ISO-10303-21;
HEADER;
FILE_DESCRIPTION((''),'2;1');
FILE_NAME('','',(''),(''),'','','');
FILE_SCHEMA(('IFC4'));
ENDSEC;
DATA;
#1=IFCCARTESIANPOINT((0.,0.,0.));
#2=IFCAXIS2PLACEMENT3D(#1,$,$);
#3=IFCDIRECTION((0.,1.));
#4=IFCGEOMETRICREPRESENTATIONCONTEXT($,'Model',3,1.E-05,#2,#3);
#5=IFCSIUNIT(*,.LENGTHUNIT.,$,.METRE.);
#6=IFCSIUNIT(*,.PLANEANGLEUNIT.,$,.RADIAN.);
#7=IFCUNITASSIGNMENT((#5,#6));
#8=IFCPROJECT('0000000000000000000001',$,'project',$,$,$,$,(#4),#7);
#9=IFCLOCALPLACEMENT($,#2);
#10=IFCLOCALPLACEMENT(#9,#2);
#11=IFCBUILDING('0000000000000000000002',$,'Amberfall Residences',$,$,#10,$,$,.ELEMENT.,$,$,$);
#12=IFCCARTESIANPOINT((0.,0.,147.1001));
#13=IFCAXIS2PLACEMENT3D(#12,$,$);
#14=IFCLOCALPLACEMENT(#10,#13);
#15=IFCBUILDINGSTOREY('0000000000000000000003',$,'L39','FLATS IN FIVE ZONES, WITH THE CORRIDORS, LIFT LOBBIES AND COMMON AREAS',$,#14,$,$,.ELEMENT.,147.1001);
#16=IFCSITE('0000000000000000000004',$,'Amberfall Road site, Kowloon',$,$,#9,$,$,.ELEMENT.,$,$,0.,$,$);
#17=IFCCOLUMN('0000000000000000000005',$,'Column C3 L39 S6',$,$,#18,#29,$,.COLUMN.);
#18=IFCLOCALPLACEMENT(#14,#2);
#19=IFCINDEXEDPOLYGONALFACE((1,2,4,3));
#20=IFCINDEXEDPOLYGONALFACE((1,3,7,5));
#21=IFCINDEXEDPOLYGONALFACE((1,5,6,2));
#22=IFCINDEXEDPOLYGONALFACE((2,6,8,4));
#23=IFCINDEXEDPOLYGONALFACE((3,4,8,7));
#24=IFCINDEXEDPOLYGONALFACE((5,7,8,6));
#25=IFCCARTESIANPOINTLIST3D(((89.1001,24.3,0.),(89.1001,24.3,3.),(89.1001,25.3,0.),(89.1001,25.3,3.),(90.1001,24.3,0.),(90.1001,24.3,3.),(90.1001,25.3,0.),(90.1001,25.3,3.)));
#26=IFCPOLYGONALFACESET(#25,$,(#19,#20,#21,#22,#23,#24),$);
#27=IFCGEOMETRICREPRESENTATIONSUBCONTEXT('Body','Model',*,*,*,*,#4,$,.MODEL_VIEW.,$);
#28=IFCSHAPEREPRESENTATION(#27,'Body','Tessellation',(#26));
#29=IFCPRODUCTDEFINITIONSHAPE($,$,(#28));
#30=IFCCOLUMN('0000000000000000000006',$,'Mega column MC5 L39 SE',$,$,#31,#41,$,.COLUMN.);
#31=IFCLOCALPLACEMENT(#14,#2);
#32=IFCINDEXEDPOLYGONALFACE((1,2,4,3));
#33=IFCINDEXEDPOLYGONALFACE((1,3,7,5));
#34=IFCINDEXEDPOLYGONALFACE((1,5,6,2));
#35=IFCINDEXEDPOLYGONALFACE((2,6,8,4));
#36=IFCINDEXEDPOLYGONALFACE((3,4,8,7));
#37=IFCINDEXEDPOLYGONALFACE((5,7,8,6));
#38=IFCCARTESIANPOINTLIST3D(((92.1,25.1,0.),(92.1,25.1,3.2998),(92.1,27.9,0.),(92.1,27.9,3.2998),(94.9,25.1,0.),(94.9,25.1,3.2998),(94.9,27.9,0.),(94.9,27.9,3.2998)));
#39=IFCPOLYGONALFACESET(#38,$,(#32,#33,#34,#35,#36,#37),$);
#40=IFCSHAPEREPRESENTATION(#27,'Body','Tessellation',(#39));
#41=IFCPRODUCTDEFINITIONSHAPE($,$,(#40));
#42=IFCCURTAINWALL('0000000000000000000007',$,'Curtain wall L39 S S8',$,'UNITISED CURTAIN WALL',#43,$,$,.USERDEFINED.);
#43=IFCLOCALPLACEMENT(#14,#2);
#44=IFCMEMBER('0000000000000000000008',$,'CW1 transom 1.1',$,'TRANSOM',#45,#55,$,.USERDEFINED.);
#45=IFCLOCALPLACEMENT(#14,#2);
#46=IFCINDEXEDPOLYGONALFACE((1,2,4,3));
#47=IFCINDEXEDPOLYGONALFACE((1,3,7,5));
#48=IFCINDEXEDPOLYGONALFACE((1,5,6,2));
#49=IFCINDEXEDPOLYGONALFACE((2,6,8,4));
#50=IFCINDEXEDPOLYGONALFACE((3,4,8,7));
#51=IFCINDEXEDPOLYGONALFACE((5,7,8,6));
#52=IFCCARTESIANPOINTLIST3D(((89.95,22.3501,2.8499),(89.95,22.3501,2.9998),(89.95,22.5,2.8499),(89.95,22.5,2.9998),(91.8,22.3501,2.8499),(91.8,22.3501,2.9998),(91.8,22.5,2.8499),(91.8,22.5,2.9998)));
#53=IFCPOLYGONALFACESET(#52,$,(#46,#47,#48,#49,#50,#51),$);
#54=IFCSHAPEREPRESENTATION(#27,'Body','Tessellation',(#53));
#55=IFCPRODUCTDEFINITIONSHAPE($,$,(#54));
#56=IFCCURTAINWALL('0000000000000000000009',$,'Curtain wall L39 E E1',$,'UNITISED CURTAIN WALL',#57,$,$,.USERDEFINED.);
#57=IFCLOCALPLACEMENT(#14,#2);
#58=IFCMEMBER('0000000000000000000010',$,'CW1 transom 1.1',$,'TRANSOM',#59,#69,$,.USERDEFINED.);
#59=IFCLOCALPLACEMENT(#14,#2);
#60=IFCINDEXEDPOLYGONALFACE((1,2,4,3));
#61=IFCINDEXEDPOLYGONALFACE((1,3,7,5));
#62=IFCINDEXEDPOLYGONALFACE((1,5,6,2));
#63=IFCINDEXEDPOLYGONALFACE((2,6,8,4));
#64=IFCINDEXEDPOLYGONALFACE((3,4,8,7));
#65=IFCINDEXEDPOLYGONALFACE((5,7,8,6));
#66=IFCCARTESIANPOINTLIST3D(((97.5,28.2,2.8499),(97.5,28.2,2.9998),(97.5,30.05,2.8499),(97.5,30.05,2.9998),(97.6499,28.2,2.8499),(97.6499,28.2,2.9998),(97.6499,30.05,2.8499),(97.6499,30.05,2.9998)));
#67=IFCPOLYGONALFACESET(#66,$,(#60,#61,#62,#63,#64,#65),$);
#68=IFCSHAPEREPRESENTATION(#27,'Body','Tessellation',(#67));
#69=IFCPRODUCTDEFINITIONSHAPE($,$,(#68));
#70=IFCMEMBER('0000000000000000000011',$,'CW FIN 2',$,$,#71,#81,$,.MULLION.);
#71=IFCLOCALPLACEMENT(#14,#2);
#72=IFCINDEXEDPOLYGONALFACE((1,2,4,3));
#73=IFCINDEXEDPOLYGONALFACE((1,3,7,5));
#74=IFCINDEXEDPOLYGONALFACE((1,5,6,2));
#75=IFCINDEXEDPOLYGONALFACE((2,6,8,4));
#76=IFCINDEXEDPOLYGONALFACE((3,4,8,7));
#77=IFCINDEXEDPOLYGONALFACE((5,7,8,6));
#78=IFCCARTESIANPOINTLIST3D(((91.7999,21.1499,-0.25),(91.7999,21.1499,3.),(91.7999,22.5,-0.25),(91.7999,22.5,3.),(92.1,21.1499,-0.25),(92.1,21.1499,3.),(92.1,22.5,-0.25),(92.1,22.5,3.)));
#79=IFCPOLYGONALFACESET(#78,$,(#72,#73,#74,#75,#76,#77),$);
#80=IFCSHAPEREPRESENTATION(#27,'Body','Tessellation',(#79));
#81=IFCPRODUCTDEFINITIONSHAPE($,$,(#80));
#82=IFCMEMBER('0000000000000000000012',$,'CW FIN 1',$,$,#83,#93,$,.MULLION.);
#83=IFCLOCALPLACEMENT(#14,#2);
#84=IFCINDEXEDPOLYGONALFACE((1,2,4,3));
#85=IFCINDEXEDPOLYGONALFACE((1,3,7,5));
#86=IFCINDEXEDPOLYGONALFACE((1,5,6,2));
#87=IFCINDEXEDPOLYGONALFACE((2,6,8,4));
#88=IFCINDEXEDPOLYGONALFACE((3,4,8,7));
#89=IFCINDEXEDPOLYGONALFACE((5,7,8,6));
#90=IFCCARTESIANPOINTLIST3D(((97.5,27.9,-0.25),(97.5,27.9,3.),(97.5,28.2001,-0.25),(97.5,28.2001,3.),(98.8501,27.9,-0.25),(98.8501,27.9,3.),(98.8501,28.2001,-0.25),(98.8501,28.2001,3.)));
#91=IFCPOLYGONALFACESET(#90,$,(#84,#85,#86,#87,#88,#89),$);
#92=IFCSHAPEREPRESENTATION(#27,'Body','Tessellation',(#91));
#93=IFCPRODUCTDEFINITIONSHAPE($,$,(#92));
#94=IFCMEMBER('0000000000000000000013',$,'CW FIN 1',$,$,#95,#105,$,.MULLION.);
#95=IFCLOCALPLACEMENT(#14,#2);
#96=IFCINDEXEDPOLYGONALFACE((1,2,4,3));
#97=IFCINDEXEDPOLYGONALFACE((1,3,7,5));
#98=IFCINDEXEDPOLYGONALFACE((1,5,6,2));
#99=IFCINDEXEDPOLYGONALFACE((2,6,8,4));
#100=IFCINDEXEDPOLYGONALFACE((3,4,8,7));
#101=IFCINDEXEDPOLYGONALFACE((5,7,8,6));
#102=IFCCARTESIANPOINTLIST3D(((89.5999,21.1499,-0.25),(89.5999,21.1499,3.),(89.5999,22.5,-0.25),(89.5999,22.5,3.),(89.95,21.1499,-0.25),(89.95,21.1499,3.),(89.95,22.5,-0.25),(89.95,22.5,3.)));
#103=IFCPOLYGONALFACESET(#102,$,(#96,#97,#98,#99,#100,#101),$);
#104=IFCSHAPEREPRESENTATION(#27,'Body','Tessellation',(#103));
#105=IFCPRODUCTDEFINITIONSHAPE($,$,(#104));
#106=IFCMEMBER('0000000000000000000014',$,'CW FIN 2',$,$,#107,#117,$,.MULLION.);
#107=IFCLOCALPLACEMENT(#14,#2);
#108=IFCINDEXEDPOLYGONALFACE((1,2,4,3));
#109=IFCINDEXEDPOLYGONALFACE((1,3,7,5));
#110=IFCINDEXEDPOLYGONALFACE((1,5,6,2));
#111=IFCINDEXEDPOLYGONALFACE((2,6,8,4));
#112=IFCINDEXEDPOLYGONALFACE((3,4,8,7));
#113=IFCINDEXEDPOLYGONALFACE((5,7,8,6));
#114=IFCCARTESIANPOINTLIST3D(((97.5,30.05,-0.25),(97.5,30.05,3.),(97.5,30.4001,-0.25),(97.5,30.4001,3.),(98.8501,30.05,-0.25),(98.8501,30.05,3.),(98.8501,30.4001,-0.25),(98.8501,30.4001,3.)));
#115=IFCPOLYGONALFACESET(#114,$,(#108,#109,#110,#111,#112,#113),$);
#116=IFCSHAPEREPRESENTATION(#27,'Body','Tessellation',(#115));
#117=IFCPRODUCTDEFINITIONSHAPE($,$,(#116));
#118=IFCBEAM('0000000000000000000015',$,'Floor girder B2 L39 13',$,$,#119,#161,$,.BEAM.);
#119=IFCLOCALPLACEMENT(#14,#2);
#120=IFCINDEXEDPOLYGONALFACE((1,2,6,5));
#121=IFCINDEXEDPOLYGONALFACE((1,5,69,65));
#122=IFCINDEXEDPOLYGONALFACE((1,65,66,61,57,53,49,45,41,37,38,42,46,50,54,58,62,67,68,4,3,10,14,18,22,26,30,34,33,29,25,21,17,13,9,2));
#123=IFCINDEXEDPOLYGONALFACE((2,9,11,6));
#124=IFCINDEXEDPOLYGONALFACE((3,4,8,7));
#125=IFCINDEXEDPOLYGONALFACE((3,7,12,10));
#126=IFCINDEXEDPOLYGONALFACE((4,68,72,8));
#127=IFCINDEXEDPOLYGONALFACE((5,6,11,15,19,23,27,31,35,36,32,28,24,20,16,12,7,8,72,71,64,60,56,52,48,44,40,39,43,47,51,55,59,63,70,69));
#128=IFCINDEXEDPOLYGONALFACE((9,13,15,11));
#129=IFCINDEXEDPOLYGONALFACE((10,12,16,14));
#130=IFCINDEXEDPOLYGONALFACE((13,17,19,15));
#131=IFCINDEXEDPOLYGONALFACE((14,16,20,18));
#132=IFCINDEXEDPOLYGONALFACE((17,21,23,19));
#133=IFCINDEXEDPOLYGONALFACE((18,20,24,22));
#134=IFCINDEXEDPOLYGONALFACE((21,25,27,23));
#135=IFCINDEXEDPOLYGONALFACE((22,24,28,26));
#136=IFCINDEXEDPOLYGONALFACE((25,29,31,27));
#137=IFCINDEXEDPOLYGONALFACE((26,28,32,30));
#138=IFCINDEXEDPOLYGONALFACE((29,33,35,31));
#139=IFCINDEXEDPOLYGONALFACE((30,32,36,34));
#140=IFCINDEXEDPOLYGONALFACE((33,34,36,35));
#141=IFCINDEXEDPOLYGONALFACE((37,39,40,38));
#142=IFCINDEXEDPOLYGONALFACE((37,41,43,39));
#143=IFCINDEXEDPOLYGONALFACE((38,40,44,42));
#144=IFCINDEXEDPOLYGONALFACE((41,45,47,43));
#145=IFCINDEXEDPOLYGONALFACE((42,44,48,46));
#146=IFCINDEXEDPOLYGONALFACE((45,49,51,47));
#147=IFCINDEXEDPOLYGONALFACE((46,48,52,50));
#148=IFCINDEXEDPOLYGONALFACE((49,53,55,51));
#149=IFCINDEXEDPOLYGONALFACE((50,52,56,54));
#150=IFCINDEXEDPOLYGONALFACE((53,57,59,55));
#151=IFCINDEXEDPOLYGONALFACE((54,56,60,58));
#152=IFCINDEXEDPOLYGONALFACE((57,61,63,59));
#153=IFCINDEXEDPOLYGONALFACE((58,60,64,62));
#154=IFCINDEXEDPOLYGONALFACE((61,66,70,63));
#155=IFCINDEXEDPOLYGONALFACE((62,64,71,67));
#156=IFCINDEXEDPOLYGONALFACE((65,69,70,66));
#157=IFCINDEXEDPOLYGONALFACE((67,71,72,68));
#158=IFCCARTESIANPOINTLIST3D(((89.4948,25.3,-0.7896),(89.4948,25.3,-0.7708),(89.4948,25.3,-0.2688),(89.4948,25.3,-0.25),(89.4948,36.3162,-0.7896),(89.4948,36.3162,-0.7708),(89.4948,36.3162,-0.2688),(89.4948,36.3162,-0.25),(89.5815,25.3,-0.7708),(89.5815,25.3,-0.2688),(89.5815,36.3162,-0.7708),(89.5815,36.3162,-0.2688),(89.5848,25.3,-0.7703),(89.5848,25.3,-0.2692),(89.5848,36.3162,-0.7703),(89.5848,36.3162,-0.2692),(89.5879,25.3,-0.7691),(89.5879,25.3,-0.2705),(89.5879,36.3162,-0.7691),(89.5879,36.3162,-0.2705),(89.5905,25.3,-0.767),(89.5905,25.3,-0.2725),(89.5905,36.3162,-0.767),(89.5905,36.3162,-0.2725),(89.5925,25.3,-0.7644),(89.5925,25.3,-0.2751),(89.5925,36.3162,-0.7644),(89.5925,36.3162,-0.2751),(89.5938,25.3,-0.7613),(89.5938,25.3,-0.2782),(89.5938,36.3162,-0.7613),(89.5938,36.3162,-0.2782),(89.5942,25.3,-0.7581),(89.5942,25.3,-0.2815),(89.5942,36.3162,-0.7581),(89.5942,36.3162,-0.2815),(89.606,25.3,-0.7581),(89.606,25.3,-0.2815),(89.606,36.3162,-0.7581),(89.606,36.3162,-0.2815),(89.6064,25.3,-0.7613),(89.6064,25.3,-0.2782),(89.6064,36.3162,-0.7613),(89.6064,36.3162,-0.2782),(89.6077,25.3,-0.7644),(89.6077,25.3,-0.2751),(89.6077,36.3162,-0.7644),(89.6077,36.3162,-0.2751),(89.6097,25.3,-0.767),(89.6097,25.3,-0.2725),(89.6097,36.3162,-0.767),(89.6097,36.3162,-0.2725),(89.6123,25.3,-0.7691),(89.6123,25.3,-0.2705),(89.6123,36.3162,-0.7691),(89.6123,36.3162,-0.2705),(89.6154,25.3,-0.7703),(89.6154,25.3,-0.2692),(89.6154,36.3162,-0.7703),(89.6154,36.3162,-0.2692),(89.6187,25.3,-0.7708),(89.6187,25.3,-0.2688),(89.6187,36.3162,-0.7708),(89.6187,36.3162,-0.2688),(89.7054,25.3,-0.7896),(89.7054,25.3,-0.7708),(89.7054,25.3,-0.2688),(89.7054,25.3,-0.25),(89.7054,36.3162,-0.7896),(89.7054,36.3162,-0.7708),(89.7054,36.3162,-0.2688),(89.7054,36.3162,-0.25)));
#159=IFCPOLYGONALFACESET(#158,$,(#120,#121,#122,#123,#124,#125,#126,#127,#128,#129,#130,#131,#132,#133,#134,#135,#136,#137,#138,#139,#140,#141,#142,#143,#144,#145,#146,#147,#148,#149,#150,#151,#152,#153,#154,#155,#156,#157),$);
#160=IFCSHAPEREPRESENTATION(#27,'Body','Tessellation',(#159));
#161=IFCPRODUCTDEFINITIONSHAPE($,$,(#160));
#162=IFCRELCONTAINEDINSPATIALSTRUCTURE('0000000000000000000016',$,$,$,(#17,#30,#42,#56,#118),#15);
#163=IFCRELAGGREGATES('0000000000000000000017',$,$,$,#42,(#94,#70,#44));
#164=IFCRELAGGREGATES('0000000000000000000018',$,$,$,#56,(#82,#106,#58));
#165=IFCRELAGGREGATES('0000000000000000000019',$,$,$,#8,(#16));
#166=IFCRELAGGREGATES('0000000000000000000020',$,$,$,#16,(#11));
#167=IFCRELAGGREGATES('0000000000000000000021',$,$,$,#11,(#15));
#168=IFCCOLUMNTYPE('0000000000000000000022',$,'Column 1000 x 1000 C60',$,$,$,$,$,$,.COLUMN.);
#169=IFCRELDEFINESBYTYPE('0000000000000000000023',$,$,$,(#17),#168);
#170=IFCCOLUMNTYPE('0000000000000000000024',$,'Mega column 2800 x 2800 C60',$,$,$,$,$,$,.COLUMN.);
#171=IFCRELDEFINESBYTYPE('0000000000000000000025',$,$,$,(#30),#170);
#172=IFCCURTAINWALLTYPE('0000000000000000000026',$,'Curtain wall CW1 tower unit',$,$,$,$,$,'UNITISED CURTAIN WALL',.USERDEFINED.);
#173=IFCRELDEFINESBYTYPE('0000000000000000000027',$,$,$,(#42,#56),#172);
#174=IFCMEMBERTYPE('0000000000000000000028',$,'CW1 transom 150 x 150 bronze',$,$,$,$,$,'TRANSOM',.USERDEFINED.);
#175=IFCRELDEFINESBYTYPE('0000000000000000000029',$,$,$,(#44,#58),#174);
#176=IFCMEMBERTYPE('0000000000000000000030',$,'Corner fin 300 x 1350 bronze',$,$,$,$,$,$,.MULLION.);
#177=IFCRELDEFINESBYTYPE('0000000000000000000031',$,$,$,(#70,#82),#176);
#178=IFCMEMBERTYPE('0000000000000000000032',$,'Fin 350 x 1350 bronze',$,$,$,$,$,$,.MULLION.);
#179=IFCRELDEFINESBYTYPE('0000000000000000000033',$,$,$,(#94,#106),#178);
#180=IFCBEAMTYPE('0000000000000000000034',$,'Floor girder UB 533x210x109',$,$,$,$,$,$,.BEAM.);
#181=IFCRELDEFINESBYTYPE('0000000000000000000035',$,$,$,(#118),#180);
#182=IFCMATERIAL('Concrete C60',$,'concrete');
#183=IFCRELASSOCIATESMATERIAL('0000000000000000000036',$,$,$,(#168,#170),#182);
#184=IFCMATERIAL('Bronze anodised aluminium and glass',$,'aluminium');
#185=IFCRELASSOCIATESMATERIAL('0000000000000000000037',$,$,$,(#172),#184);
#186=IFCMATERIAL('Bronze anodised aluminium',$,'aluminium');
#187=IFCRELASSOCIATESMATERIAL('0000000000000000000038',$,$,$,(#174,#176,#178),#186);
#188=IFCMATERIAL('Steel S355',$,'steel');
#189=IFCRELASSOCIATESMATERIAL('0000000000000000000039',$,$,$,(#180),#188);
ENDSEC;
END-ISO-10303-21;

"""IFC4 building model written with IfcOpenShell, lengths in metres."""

from ifc_helpers import new_model, si_unit, direction, frame, origin, origin_2d, place, context, subcontext, project, spatial, rectangle, i_section, extrude, material, material_profile, profile_set, type_object, element, aggregate, save


model = new_model("IFC4")

# Units and contexts
model_context = context("Model", 3, precision=1e-05, world=origin(), true_north=direction((0.0, 1.0)))
body_context = subcontext(model_context, "Body", "Model", "MODEL_VIEW")
ifc_project = project(units=[si_unit("LENGTHUNIT", "METRE"), si_unit("PLANEANGLEUNIT", "RADIAN")], contexts=[model_context])

# Site, building, storey
site_placement = place(None, origin())
site = spatial("IfcSite", under=ifc_project, at=site_placement, Name="Amberfall Road site, Kowloon", CompositionType="ELEMENT", RefElevation=0.0)
building_placement = place(site_placement, origin())
building = spatial("IfcBuilding", under=site, at=building_placement, Name="Amberfall Residences", CompositionType="ELEMENT")
storey_placement = place(building_placement, frame((0.0, 0.0, 147.1001)))
storey = spatial("IfcBuildingStorey", under=building, at=storey_placement, Name="L39", Description="FLATS IN FIVE ZONES, WITH THE CORRIDORS, LIFT LOBBIES AND COMMON AREAS", CompositionType="ELEMENT", Elevation=147.1001)

# Columns
ifc_material_1 = material(Name="Concrete C60", Category="concrete")
ifc_material_profile_1 = material_profile(ifc_material_1, rectangle(XDim=1.0, YDim=1.0, at=origin_2d()), Name="Column 1000 x 1000 C60")
ifc_profile_set_1 = profile_set([ifc_material_profile_1], Name="Concrete C60")
column_type_1 = type_object("IfcColumnType", Name="Column 1000 x 1000 C60", PredefinedType="COLUMN", material=ifc_profile_set_1)
column_1_placement = place(storey_placement, frame((89.6001, 24.8, 0.0), z_axis=(0.0, 0.0, 1.0), x_axis=(1.0, 0.0, 0.0)))
element("IfcColumn", 1, at=column_1_placement, inside=storey, type_object=column_type_1, Name="Column C3 L39 S6", PredefinedType="COLUMN", context=body_context, shape_type="SweptSolid", body=[
    extrude(rectangle(XDim=1.0, YDim=1.0, at=origin_2d()), origin(), (0.0, 0.0, 1.0), 3.0),
])
ifc_material_profile_2 = material_profile(ifc_material_1, rectangle(XDim=2.8, YDim=2.8, at=origin_2d()), Name="Mega column 2800 x 2800 C60")
ifc_profile_set_2 = profile_set([ifc_material_profile_2], Name="Concrete C60")
column_type_2 = type_object("IfcColumnType", Name="Mega column 2800 x 2800 C60", PredefinedType="COLUMN", material=ifc_profile_set_2)
column_2_placement = place(storey_placement, frame((93.5, 26.5, 0.0), z_axis=(0.0, 0.0, 1.0), x_axis=(1.0, 0.0, 0.0)))
element("IfcColumn", 2, at=column_2_placement, inside=storey, type_object=column_type_2, Name="Mega column MC5 L39 SE", PredefinedType="COLUMN", context=body_context, shape_type="SweptSolid", body=[
    extrude(rectangle(XDim=2.8, YDim=2.8, at=origin_2d()), origin(), (0.0, 0.0, 1.0), 3.2998),
])

# Curtain walls, members
ifc_material_2 = material(Name="Bronze anodised aluminium and glass", Category="aluminium")
curtain_wall_type = type_object("IfcCurtainWallType", Name="Curtain wall CW1 tower unit", ElementType="UNITISED CURTAIN WALL", PredefinedType="USERDEFINED", material=ifc_material_2)
curtain_wall_1_placement = place(storey_placement, origin())
curtain_wall_1 = element("IfcCurtainWall", 3, at=curtain_wall_1_placement, inside=storey, type_object=curtain_wall_type, Name="Curtain wall L39 S S8", ObjectType="UNITISED CURTAIN WALL", PredefinedType="USERDEFINED")
ifc_material_3 = material(Name="Bronze anodised aluminium", Category="aluminium")
ifc_material_profile_3 = material_profile(ifc_material_3, rectangle(XDim=0.1499, YDim=0.1499, at=origin_2d()), Name="CW1 transom 150 x 150 bronze")
ifc_profile_set_3 = profile_set([ifc_material_profile_3], Name="Bronze anodised aluminium")
member_type_1 = type_object("IfcMemberType", Name="CW1 transom 150 x 150 bronze", ElementType="TRANSOM", PredefinedType="USERDEFINED", material=ifc_profile_set_3)
member_1_placement = place(storey_placement, frame((89.95, 22.425, 2.9248), z_axis=(1.0, 0.0, 0.0), x_axis=(0.0, 1.0, 0.0)))
member_1 = element("IfcMember", 4, at=member_1_placement, type_object=member_type_1, Name="CW1 transom 1.1", ObjectType="TRANSOM", PredefinedType="USERDEFINED", context=body_context, shape_type="SweptSolid", body=[
    extrude(rectangle(XDim=0.1499, YDim=0.1499, at=origin_2d()), origin(), (0.0, 0.0, 1.0), 1.8501),
])
curtain_wall_2_placement = place(storey_placement, origin())
curtain_wall_2 = element("IfcCurtainWall", 5, at=curtain_wall_2_placement, inside=storey, type_object=curtain_wall_type, Name="Curtain wall L39 E E1", ObjectType="UNITISED CURTAIN WALL", PredefinedType="USERDEFINED")
member_2_placement = place(storey_placement, frame((97.575, 28.2, 2.9248), z_axis=(0.0, 1.0, 0.0), x_axis=(-1.0, 0.0, 0.0)))
member_2 = element("IfcMember", 6, at=member_2_placement, type_object=member_type_1, Name="CW1 transom 1.1", ObjectType="TRANSOM", PredefinedType="USERDEFINED", context=body_context, shape_type="SweptSolid", body=[
    extrude(rectangle(XDim=0.1499, YDim=0.1499, at=origin_2d()), origin(), (0.0, 0.0, 1.0), 1.8501),
])

# Members
ifc_material_profile_4 = material_profile(ifc_material_3, rectangle(XDim=1.3501, YDim=0.3, at=origin_2d()), Name="Corner fin 300 x 1350 bronze")
ifc_profile_set_4 = profile_set([ifc_material_profile_4], Name="Bronze anodised aluminium")
member_type_2 = type_object("IfcMemberType", Name="Corner fin 300 x 1350 bronze", PredefinedType="MULLION", material=ifc_profile_set_4)
member_3_placement = place(storey_placement, frame((91.95, 21.825, -0.25), z_axis=(0.0, 0.0, 1.0), x_axis=(0.0, 1.0, 0.0)))
member_3 = element("IfcMember", 7, at=member_3_placement, type_object=member_type_2, Name="CW FIN 2", PredefinedType="MULLION", context=body_context, shape_type="SweptSolid", body=[
    extrude(rectangle(XDim=1.3501, YDim=0.3, at=origin_2d()), origin(), (0.0, 0.0, 1.0), 3.25),
])
member_4_placement = place(storey_placement, frame((98.175, 28.05, -0.25), z_axis=(0.0, 0.0, 1.0), x_axis=(-1.0, 0.0, 0.0)))
member_4 = element("IfcMember", 8, at=member_4_placement, type_object=member_type_2, Name="CW FIN 1", PredefinedType="MULLION", context=body_context, shape_type="SweptSolid", body=[
    extrude(rectangle(XDim=1.3501, YDim=0.3, at=origin_2d()), origin(), (0.0, 0.0, 1.0), 3.25),
])
ifc_material_profile_5 = material_profile(ifc_material_3, rectangle(XDim=1.3501, YDim=0.3501, at=origin_2d()), Name="Fin 350 x 1350 bronze")
ifc_profile_set_5 = profile_set([ifc_material_profile_5], Name="Bronze anodised aluminium")
member_type_3 = type_object("IfcMemberType", Name="Fin 350 x 1350 bronze", PredefinedType="MULLION", material=ifc_profile_set_5)
member_5_placement = place(storey_placement, frame((89.7749, 21.825, -0.25), z_axis=(0.0, 0.0, 1.0), x_axis=(0.0, 1.0, 0.0)))
member_5 = element("IfcMember", 9, at=member_5_placement, type_object=member_type_3, Name="CW FIN 1", PredefinedType="MULLION", context=body_context, shape_type="SweptSolid", body=[
    extrude(rectangle(XDim=1.3501, YDim=0.3501, at=origin_2d()), origin(), (0.0, 0.0, 1.0), 3.25),
])
member_6_placement = place(storey_placement, frame((98.175, 30.2251, -0.25), z_axis=(0.0, 0.0, 1.0), x_axis=(-1.0, 0.0, 0.0)))
member_6 = element("IfcMember", 10, at=member_6_placement, type_object=member_type_3, Name="CW FIN 2", PredefinedType="MULLION", context=body_context, shape_type="SweptSolid", body=[
    extrude(rectangle(XDim=1.3501, YDim=0.3501, at=origin_2d()), origin(), (0.0, 0.0, 1.0), 3.25),
])

# Beam
ifc_material_4 = material(Name="Steel S355", Category="steel")
ifc_material_profile_6 = material_profile(ifc_material_4, i_section(OverallWidth=0.2107, OverallDepth=0.5396, WebThickness=0.0117, FlangeThickness=0.0188, FilletRadius=0.0127, at=origin_2d()), Name="UB 533x210x109")
ifc_profile_set_6 = profile_set([ifc_material_profile_6], Name="Steel S355")
beam_type_1 = type_object("IfcBeamType", Name="Floor girder UB 533x210x109", PredefinedType="BEAM", material=ifc_profile_set_6)
beam_1_placement = place(storey_placement, frame((89.6001, 25.3, -0.5198), z_axis=(0.0, 1.0, 0.0), x_axis=(-1.0, 0.0, 0.0)))
element("IfcBeam", 11, at=beam_1_placement, inside=storey, type_object=beam_type_1, Name="Floor girder B2 L39 13", PredefinedType="BEAM", context=body_context, shape_type="SweptSolid", body=[
    extrude(i_section(OverallWidth=0.2107, OverallDepth=0.5396, WebThickness=0.0117, FlangeThickness=0.0188, FilletRadius=0.0127, at=origin_2d()), origin(), (0.0, 0.0, 1.0), 11.0161),
])

aggregate(curtain_wall_1, [member_5, member_3, member_1])
aggregate(curtain_wall_2, [member_4, member_6, member_2])

save(model, "model.ifc")
